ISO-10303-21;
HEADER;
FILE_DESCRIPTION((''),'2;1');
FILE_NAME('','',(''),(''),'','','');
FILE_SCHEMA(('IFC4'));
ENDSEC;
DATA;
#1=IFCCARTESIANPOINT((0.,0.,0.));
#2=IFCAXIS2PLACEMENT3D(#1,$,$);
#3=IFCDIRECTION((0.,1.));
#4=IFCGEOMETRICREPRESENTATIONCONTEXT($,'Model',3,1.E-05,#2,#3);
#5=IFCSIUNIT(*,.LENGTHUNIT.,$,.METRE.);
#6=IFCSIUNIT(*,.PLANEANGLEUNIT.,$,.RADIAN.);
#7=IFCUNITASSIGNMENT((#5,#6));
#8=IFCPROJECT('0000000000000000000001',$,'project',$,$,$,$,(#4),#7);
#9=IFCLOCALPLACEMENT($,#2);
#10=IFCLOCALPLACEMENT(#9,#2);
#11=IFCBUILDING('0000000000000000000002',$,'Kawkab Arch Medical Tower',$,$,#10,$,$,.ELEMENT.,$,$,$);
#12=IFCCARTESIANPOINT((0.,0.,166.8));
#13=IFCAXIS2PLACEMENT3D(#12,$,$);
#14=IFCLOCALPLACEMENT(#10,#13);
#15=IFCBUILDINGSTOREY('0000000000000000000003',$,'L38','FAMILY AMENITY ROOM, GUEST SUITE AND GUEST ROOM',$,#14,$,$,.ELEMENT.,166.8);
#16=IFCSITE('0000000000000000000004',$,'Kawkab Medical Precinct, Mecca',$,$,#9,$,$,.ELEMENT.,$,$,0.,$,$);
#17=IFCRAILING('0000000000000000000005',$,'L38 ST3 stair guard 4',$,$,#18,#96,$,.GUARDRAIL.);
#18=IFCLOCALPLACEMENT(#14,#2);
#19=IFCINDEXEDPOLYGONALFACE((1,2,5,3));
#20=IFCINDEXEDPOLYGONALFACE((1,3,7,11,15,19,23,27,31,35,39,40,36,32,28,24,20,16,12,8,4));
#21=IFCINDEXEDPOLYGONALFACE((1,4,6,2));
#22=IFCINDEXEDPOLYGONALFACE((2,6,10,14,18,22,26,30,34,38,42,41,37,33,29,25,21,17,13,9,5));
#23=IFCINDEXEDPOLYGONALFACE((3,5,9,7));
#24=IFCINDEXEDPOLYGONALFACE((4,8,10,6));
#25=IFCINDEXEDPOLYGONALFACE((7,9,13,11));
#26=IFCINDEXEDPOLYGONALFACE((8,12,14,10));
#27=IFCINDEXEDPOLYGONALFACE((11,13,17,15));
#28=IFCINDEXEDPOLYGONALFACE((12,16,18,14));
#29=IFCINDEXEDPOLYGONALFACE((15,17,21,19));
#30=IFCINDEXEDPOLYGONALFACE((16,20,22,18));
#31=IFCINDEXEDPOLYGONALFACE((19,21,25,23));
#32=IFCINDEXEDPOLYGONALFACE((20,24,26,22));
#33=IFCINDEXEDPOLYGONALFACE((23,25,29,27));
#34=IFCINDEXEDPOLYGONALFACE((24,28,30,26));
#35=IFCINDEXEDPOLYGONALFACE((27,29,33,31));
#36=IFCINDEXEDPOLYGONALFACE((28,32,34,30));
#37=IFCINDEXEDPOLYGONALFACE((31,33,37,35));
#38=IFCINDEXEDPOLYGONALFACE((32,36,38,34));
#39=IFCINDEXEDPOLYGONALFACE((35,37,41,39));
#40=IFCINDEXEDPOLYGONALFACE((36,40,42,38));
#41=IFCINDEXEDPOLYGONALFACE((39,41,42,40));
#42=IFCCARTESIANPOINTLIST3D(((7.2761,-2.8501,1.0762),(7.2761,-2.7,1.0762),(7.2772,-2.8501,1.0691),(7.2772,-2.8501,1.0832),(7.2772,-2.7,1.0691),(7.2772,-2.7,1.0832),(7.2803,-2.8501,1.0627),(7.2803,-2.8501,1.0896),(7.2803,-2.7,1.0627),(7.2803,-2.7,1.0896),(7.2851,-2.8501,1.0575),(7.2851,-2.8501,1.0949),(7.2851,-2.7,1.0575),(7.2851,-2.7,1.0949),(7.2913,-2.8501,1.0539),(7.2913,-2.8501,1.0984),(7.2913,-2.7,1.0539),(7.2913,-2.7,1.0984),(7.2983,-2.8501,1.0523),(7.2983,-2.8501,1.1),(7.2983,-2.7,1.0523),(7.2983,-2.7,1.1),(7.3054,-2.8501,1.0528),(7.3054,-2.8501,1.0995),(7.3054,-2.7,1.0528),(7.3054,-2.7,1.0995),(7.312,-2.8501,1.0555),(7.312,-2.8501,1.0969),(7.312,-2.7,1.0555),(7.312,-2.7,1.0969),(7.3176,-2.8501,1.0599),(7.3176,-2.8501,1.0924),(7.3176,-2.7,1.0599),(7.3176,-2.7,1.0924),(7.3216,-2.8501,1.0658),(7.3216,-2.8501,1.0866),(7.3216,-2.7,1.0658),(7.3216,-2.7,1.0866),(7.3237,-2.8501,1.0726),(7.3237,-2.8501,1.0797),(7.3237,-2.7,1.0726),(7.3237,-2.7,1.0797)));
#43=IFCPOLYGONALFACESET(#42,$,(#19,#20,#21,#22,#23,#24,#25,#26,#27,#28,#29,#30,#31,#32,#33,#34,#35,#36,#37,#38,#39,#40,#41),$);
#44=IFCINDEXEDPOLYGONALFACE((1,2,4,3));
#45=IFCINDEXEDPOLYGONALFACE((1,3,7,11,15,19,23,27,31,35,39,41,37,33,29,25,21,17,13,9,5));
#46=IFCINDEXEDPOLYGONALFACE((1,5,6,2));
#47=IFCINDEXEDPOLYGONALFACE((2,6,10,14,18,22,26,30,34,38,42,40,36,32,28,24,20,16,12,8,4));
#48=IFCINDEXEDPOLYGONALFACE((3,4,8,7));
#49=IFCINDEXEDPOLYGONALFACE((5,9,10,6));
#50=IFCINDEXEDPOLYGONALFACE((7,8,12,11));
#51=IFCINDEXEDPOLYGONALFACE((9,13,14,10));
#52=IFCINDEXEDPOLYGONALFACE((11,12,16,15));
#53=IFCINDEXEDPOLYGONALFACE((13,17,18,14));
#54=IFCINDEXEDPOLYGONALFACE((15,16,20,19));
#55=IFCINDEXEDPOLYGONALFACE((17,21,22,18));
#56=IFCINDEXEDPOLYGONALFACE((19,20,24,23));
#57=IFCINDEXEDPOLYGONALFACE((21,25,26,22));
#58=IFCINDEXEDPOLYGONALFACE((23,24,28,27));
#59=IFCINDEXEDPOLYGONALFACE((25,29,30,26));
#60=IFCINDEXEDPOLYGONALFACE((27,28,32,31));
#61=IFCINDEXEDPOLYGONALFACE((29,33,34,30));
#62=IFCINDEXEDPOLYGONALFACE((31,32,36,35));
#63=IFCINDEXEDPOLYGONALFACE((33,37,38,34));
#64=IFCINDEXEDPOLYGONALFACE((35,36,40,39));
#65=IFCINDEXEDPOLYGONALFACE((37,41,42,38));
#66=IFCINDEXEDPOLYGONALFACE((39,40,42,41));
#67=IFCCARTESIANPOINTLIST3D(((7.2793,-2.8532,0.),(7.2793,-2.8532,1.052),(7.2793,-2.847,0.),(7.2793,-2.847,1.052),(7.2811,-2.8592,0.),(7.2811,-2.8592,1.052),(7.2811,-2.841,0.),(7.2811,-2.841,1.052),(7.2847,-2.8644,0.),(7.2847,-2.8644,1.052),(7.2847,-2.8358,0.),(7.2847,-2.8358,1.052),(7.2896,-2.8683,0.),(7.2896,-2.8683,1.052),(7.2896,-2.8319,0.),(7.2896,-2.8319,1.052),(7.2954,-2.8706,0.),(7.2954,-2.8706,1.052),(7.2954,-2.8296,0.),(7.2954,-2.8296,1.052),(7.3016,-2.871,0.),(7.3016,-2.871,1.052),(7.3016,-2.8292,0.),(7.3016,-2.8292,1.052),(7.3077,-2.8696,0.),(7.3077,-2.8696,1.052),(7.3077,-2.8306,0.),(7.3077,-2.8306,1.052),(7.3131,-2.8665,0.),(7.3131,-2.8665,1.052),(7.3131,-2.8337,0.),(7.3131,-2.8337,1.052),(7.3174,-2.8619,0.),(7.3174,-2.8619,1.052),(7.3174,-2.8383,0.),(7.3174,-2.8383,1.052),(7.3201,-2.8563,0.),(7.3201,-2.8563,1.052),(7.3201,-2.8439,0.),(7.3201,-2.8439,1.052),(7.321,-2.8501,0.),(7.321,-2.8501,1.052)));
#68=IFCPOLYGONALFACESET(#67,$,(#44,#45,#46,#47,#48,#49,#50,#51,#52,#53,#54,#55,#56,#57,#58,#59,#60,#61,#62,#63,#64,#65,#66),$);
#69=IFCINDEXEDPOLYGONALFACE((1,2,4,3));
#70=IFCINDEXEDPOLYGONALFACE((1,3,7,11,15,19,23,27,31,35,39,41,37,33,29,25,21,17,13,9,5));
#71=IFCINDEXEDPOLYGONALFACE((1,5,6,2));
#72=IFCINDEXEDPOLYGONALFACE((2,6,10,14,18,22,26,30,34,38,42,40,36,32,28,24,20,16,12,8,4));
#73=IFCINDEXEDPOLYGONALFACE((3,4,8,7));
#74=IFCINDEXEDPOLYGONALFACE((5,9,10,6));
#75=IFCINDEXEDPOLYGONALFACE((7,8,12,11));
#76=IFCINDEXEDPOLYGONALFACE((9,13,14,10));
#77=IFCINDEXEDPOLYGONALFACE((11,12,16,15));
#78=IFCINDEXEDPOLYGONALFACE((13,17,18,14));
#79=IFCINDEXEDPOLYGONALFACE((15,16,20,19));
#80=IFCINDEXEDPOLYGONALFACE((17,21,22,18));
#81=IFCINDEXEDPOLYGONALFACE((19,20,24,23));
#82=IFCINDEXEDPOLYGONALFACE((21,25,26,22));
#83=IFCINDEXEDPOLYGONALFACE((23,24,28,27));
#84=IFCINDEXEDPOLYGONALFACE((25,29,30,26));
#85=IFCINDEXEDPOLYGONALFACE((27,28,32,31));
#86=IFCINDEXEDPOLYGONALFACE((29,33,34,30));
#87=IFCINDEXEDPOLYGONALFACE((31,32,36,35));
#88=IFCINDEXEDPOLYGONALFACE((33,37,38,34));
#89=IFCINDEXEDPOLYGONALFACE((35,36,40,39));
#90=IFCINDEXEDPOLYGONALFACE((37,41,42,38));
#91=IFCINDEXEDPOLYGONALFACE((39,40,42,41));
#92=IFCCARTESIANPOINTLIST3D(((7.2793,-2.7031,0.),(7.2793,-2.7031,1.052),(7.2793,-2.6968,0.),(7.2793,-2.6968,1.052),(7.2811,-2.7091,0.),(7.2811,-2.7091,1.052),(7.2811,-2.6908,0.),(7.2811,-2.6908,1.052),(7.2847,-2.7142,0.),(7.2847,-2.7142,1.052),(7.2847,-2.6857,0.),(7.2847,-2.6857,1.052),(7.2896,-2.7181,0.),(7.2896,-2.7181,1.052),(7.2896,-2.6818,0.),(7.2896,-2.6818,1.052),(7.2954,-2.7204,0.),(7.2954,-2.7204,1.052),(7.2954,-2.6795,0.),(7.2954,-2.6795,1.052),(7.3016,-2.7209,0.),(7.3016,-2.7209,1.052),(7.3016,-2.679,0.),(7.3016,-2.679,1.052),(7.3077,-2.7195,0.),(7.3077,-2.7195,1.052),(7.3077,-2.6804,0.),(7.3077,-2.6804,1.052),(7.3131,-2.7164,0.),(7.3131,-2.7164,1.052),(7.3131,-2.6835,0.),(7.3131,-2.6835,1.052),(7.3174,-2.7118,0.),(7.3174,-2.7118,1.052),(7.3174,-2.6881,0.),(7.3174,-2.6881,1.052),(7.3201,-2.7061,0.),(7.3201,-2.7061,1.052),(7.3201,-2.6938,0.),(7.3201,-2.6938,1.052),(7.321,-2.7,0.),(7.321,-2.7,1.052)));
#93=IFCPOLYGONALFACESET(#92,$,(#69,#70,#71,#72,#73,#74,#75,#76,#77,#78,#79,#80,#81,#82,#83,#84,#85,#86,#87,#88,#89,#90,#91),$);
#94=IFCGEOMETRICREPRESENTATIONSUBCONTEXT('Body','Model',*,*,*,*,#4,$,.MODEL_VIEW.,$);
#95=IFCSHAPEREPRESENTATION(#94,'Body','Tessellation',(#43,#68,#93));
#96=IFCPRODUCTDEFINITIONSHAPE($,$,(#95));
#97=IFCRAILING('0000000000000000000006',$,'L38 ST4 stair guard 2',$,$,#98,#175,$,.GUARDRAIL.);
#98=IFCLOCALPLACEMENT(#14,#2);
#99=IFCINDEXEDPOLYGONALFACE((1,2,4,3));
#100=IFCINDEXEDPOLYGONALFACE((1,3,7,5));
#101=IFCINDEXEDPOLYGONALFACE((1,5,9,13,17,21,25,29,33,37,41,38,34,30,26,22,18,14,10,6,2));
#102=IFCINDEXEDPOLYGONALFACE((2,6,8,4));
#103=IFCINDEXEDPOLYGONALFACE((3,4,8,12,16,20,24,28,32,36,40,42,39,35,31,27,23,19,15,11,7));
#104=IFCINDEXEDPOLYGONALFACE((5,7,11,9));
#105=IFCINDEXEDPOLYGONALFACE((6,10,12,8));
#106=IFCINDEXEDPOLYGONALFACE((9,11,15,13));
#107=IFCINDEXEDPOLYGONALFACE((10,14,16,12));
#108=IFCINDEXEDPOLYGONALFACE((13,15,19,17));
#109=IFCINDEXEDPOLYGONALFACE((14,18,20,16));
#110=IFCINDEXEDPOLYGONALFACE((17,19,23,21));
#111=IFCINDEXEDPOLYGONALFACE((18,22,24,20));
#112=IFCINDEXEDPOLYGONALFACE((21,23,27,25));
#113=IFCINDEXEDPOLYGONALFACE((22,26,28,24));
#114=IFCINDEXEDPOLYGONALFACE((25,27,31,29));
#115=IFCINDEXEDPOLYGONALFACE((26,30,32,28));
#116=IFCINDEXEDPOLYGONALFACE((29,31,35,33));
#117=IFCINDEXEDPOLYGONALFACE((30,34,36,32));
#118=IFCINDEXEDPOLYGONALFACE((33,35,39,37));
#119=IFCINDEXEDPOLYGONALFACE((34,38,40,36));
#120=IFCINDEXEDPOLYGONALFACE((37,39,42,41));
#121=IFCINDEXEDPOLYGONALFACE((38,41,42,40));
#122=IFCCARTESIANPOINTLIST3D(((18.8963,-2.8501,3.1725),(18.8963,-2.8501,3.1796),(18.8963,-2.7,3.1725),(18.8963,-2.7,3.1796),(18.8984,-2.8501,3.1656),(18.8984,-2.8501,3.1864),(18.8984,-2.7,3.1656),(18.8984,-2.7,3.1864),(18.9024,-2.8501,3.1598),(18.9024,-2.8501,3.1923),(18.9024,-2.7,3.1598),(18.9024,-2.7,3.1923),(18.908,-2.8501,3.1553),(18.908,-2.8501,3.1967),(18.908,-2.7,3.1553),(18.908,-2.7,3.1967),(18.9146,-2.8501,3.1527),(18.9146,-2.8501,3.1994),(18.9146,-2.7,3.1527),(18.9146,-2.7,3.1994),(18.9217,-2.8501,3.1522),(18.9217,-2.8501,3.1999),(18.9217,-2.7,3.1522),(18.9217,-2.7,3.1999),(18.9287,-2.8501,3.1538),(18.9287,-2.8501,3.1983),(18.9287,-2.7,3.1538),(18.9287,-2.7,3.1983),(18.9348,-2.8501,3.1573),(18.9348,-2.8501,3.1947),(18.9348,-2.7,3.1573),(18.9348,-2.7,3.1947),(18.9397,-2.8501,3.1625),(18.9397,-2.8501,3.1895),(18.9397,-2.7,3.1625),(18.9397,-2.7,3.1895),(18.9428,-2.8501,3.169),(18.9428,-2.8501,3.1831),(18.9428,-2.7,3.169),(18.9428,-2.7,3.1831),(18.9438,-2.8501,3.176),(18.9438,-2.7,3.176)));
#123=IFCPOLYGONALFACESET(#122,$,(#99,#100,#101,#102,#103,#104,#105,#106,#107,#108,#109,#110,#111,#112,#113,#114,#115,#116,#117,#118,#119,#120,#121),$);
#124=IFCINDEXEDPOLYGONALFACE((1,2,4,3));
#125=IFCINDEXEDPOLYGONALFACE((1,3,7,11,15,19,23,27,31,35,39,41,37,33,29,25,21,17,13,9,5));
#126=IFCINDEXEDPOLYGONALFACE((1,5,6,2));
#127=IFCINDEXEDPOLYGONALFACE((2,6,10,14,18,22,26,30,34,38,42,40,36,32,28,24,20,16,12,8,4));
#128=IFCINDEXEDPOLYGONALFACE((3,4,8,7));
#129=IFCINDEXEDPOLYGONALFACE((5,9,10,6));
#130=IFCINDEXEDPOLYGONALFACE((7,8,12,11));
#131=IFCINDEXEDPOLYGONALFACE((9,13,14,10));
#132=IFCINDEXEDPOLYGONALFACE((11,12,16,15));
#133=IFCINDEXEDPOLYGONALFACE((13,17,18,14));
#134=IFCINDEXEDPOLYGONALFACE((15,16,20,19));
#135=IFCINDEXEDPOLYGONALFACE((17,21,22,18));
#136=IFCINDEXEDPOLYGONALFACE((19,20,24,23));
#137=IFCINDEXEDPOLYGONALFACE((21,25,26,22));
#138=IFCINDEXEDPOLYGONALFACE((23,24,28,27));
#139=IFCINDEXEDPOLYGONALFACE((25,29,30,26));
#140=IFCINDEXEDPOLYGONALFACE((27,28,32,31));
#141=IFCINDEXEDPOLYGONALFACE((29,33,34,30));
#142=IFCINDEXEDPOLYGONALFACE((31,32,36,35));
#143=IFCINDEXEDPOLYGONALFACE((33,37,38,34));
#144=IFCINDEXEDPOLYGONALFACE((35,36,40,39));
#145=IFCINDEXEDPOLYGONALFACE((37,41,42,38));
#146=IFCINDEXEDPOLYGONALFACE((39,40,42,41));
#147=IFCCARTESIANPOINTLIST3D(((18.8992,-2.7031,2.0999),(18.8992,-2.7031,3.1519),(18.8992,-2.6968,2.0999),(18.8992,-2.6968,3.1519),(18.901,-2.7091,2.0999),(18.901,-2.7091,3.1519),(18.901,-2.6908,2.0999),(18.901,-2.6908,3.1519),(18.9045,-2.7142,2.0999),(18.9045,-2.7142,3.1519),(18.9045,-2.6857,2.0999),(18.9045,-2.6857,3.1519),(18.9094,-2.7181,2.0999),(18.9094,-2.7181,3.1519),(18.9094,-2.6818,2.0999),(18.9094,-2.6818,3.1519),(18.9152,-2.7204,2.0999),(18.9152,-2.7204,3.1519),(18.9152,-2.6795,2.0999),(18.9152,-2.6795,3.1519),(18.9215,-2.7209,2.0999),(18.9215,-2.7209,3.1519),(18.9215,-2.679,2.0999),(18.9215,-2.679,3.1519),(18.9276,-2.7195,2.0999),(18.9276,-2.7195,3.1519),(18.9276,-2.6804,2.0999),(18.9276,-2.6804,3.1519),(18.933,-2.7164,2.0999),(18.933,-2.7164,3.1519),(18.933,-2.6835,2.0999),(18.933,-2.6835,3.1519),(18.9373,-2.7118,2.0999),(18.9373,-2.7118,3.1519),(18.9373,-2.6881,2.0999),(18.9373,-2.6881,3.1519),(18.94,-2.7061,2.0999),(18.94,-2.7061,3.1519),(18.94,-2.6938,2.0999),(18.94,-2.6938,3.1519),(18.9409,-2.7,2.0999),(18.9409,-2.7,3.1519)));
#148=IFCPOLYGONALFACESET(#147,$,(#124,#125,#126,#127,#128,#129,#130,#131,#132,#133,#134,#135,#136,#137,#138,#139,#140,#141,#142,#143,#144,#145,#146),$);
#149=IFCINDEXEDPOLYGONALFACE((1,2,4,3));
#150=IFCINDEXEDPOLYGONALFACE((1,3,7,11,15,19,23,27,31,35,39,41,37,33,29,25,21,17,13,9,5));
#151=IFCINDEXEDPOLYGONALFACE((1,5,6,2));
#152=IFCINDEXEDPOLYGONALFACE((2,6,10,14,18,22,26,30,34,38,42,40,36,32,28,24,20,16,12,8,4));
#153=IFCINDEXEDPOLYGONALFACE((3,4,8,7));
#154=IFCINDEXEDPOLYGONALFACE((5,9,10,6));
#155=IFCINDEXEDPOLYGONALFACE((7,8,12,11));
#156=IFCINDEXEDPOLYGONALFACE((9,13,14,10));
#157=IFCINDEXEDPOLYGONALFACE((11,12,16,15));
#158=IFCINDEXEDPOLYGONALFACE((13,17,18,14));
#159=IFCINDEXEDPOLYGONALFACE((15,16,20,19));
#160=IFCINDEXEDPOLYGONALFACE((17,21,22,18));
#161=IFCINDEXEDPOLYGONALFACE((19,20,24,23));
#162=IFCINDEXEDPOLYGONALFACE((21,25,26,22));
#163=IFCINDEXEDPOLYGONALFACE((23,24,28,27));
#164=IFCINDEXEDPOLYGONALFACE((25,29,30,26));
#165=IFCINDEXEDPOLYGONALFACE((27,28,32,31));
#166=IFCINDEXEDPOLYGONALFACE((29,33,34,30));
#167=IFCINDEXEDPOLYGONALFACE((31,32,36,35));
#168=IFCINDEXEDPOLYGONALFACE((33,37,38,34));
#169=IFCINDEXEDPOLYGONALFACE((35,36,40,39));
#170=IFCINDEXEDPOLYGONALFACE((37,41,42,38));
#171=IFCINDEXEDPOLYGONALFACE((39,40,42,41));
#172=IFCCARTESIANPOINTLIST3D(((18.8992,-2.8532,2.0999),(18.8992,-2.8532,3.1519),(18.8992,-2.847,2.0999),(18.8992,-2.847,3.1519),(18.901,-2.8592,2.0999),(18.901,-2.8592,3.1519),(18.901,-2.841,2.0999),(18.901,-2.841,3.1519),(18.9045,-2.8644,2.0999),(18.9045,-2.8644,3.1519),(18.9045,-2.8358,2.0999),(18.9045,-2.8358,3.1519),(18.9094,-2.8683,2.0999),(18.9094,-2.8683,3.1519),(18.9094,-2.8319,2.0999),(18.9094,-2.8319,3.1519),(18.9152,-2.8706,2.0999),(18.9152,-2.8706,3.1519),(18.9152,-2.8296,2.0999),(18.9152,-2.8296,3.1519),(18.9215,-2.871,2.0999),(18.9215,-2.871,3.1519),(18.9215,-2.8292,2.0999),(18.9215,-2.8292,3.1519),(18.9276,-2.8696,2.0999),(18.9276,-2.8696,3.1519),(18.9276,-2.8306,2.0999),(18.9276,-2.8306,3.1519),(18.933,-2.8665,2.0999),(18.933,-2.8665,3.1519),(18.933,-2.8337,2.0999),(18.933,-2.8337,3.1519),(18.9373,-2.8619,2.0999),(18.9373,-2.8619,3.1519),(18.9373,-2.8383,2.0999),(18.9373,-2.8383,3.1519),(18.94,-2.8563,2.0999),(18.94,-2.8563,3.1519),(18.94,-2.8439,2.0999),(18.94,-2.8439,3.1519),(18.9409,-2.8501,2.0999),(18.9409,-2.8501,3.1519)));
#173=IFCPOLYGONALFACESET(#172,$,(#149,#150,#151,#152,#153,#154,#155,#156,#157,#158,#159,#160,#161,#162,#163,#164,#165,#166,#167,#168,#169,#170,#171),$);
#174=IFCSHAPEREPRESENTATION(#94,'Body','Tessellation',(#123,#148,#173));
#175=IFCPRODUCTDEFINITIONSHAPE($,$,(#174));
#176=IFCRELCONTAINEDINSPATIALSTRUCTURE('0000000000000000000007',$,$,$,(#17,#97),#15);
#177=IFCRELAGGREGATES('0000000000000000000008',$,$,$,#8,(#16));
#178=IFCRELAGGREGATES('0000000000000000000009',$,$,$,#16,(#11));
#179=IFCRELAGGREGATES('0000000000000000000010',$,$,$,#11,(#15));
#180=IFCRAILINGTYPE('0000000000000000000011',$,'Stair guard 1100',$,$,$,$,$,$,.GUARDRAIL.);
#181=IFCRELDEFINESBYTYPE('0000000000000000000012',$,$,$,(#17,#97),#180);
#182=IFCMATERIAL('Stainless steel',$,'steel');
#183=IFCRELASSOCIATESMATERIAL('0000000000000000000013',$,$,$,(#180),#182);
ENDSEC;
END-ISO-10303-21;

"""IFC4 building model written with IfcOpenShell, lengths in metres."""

from ifc_helpers import new_model, si_unit, direction, frame, origin, origin_2d, place, context, subcontext, project, spatial, circle, extrude, material, type_object, element, save


model = new_model("IFC4")

# Units and contexts
model_context = context("Model", 3, precision=1e-05, world=origin(), true_north=direction((0.0, 1.0)))
body_context = subcontext(model_context, "Body", "Model", "MODEL_VIEW")
ifc_project = project(units=[si_unit("LENGTHUNIT", "METRE"), si_unit("PLANEANGLEUNIT", "RADIAN")], contexts=[model_context])

# Site, building, storey
site_placement = place(None, origin())
site = spatial("IfcSite", under=ifc_project, at=site_placement, Name="Kawkab Medical Precinct, Mecca", CompositionType="ELEMENT", RefElevation=0.0)
building_placement = place(site_placement, origin())
building = spatial("IfcBuilding", under=site, at=building_placement, Name="Kawkab Arch Medical Tower", CompositionType="ELEMENT")
storey_placement = place(building_placement, frame((0.0, 0.0, 166.8)))
storey = spatial("IfcBuildingStorey", under=building, at=storey_placement, Name="L38", Description="FAMILY AMENITY ROOM, GUEST SUITE AND GUEST ROOM", CompositionType="ELEMENT", Elevation=166.8)

# Railings
ifc_material_1 = material(Name="Stainless steel", Category="steel")
railing_type_1 = type_object("IfcRailingType", Name="Stair guard 1100", PredefinedType="GUARDRAIL", material=ifc_material_1)
railing_1_placement = place(storey_placement, frame((7.3, -2.8501, 0.0)))
element("IfcRailing", 1, at=railing_1_placement, inside=storey, type_object=railing_type_1, Name="L38 ST3 stair guard 4", PredefinedType="GUARDRAIL", context=body_context, shape_type="SweptSolid", body=[
    extrude(circle(Radius=0.0239, at=origin_2d()), frame((0.0, 0.0, 1.0762), z_axis=(0.0, 1.0, 0.0), x_axis=(-1.0, 0.0, 0.0)), (0.0, 0.0, 1.0), 0.1501),
    extrude(circle(Radius=0.021, at=origin_2d()), origin(), (0.0, 0.0, 1.0), 1.052),
    extrude(circle(Radius=0.021, at=origin_2d()), frame((0.0, 0.1501, 0.0)), (0.0, 0.0, 1.0), 1.052),
])
railing_2_placement = place(storey_placement, frame((18.9199, -2.7, 2.0999)))
element("IfcRailing", 2, at=railing_2_placement, inside=storey, type_object=railing_type_1, Name="L38 ST4 stair guard 2", PredefinedType="GUARDRAIL", context=body_context, shape_type="SweptSolid", body=[
    extrude(circle(Radius=0.0239, at=origin_2d()), frame((0.0, 0.0, 1.0762), z_axis=(0.0, -1.0, 0.0), x_axis=(1.0, 0.0, 0.0)), (0.0, 0.0, 1.0), 0.1501),
    extrude(circle(Radius=0.021, at=origin_2d()), origin(), (0.0, 0.0, 1.0), 1.052),
    extrude(circle(Radius=0.021, at=origin_2d()), frame((0.0, -0.1501, 0.0)), (0.0, 0.0, 1.0), 1.052),
])

save(model, "model.ifc")
